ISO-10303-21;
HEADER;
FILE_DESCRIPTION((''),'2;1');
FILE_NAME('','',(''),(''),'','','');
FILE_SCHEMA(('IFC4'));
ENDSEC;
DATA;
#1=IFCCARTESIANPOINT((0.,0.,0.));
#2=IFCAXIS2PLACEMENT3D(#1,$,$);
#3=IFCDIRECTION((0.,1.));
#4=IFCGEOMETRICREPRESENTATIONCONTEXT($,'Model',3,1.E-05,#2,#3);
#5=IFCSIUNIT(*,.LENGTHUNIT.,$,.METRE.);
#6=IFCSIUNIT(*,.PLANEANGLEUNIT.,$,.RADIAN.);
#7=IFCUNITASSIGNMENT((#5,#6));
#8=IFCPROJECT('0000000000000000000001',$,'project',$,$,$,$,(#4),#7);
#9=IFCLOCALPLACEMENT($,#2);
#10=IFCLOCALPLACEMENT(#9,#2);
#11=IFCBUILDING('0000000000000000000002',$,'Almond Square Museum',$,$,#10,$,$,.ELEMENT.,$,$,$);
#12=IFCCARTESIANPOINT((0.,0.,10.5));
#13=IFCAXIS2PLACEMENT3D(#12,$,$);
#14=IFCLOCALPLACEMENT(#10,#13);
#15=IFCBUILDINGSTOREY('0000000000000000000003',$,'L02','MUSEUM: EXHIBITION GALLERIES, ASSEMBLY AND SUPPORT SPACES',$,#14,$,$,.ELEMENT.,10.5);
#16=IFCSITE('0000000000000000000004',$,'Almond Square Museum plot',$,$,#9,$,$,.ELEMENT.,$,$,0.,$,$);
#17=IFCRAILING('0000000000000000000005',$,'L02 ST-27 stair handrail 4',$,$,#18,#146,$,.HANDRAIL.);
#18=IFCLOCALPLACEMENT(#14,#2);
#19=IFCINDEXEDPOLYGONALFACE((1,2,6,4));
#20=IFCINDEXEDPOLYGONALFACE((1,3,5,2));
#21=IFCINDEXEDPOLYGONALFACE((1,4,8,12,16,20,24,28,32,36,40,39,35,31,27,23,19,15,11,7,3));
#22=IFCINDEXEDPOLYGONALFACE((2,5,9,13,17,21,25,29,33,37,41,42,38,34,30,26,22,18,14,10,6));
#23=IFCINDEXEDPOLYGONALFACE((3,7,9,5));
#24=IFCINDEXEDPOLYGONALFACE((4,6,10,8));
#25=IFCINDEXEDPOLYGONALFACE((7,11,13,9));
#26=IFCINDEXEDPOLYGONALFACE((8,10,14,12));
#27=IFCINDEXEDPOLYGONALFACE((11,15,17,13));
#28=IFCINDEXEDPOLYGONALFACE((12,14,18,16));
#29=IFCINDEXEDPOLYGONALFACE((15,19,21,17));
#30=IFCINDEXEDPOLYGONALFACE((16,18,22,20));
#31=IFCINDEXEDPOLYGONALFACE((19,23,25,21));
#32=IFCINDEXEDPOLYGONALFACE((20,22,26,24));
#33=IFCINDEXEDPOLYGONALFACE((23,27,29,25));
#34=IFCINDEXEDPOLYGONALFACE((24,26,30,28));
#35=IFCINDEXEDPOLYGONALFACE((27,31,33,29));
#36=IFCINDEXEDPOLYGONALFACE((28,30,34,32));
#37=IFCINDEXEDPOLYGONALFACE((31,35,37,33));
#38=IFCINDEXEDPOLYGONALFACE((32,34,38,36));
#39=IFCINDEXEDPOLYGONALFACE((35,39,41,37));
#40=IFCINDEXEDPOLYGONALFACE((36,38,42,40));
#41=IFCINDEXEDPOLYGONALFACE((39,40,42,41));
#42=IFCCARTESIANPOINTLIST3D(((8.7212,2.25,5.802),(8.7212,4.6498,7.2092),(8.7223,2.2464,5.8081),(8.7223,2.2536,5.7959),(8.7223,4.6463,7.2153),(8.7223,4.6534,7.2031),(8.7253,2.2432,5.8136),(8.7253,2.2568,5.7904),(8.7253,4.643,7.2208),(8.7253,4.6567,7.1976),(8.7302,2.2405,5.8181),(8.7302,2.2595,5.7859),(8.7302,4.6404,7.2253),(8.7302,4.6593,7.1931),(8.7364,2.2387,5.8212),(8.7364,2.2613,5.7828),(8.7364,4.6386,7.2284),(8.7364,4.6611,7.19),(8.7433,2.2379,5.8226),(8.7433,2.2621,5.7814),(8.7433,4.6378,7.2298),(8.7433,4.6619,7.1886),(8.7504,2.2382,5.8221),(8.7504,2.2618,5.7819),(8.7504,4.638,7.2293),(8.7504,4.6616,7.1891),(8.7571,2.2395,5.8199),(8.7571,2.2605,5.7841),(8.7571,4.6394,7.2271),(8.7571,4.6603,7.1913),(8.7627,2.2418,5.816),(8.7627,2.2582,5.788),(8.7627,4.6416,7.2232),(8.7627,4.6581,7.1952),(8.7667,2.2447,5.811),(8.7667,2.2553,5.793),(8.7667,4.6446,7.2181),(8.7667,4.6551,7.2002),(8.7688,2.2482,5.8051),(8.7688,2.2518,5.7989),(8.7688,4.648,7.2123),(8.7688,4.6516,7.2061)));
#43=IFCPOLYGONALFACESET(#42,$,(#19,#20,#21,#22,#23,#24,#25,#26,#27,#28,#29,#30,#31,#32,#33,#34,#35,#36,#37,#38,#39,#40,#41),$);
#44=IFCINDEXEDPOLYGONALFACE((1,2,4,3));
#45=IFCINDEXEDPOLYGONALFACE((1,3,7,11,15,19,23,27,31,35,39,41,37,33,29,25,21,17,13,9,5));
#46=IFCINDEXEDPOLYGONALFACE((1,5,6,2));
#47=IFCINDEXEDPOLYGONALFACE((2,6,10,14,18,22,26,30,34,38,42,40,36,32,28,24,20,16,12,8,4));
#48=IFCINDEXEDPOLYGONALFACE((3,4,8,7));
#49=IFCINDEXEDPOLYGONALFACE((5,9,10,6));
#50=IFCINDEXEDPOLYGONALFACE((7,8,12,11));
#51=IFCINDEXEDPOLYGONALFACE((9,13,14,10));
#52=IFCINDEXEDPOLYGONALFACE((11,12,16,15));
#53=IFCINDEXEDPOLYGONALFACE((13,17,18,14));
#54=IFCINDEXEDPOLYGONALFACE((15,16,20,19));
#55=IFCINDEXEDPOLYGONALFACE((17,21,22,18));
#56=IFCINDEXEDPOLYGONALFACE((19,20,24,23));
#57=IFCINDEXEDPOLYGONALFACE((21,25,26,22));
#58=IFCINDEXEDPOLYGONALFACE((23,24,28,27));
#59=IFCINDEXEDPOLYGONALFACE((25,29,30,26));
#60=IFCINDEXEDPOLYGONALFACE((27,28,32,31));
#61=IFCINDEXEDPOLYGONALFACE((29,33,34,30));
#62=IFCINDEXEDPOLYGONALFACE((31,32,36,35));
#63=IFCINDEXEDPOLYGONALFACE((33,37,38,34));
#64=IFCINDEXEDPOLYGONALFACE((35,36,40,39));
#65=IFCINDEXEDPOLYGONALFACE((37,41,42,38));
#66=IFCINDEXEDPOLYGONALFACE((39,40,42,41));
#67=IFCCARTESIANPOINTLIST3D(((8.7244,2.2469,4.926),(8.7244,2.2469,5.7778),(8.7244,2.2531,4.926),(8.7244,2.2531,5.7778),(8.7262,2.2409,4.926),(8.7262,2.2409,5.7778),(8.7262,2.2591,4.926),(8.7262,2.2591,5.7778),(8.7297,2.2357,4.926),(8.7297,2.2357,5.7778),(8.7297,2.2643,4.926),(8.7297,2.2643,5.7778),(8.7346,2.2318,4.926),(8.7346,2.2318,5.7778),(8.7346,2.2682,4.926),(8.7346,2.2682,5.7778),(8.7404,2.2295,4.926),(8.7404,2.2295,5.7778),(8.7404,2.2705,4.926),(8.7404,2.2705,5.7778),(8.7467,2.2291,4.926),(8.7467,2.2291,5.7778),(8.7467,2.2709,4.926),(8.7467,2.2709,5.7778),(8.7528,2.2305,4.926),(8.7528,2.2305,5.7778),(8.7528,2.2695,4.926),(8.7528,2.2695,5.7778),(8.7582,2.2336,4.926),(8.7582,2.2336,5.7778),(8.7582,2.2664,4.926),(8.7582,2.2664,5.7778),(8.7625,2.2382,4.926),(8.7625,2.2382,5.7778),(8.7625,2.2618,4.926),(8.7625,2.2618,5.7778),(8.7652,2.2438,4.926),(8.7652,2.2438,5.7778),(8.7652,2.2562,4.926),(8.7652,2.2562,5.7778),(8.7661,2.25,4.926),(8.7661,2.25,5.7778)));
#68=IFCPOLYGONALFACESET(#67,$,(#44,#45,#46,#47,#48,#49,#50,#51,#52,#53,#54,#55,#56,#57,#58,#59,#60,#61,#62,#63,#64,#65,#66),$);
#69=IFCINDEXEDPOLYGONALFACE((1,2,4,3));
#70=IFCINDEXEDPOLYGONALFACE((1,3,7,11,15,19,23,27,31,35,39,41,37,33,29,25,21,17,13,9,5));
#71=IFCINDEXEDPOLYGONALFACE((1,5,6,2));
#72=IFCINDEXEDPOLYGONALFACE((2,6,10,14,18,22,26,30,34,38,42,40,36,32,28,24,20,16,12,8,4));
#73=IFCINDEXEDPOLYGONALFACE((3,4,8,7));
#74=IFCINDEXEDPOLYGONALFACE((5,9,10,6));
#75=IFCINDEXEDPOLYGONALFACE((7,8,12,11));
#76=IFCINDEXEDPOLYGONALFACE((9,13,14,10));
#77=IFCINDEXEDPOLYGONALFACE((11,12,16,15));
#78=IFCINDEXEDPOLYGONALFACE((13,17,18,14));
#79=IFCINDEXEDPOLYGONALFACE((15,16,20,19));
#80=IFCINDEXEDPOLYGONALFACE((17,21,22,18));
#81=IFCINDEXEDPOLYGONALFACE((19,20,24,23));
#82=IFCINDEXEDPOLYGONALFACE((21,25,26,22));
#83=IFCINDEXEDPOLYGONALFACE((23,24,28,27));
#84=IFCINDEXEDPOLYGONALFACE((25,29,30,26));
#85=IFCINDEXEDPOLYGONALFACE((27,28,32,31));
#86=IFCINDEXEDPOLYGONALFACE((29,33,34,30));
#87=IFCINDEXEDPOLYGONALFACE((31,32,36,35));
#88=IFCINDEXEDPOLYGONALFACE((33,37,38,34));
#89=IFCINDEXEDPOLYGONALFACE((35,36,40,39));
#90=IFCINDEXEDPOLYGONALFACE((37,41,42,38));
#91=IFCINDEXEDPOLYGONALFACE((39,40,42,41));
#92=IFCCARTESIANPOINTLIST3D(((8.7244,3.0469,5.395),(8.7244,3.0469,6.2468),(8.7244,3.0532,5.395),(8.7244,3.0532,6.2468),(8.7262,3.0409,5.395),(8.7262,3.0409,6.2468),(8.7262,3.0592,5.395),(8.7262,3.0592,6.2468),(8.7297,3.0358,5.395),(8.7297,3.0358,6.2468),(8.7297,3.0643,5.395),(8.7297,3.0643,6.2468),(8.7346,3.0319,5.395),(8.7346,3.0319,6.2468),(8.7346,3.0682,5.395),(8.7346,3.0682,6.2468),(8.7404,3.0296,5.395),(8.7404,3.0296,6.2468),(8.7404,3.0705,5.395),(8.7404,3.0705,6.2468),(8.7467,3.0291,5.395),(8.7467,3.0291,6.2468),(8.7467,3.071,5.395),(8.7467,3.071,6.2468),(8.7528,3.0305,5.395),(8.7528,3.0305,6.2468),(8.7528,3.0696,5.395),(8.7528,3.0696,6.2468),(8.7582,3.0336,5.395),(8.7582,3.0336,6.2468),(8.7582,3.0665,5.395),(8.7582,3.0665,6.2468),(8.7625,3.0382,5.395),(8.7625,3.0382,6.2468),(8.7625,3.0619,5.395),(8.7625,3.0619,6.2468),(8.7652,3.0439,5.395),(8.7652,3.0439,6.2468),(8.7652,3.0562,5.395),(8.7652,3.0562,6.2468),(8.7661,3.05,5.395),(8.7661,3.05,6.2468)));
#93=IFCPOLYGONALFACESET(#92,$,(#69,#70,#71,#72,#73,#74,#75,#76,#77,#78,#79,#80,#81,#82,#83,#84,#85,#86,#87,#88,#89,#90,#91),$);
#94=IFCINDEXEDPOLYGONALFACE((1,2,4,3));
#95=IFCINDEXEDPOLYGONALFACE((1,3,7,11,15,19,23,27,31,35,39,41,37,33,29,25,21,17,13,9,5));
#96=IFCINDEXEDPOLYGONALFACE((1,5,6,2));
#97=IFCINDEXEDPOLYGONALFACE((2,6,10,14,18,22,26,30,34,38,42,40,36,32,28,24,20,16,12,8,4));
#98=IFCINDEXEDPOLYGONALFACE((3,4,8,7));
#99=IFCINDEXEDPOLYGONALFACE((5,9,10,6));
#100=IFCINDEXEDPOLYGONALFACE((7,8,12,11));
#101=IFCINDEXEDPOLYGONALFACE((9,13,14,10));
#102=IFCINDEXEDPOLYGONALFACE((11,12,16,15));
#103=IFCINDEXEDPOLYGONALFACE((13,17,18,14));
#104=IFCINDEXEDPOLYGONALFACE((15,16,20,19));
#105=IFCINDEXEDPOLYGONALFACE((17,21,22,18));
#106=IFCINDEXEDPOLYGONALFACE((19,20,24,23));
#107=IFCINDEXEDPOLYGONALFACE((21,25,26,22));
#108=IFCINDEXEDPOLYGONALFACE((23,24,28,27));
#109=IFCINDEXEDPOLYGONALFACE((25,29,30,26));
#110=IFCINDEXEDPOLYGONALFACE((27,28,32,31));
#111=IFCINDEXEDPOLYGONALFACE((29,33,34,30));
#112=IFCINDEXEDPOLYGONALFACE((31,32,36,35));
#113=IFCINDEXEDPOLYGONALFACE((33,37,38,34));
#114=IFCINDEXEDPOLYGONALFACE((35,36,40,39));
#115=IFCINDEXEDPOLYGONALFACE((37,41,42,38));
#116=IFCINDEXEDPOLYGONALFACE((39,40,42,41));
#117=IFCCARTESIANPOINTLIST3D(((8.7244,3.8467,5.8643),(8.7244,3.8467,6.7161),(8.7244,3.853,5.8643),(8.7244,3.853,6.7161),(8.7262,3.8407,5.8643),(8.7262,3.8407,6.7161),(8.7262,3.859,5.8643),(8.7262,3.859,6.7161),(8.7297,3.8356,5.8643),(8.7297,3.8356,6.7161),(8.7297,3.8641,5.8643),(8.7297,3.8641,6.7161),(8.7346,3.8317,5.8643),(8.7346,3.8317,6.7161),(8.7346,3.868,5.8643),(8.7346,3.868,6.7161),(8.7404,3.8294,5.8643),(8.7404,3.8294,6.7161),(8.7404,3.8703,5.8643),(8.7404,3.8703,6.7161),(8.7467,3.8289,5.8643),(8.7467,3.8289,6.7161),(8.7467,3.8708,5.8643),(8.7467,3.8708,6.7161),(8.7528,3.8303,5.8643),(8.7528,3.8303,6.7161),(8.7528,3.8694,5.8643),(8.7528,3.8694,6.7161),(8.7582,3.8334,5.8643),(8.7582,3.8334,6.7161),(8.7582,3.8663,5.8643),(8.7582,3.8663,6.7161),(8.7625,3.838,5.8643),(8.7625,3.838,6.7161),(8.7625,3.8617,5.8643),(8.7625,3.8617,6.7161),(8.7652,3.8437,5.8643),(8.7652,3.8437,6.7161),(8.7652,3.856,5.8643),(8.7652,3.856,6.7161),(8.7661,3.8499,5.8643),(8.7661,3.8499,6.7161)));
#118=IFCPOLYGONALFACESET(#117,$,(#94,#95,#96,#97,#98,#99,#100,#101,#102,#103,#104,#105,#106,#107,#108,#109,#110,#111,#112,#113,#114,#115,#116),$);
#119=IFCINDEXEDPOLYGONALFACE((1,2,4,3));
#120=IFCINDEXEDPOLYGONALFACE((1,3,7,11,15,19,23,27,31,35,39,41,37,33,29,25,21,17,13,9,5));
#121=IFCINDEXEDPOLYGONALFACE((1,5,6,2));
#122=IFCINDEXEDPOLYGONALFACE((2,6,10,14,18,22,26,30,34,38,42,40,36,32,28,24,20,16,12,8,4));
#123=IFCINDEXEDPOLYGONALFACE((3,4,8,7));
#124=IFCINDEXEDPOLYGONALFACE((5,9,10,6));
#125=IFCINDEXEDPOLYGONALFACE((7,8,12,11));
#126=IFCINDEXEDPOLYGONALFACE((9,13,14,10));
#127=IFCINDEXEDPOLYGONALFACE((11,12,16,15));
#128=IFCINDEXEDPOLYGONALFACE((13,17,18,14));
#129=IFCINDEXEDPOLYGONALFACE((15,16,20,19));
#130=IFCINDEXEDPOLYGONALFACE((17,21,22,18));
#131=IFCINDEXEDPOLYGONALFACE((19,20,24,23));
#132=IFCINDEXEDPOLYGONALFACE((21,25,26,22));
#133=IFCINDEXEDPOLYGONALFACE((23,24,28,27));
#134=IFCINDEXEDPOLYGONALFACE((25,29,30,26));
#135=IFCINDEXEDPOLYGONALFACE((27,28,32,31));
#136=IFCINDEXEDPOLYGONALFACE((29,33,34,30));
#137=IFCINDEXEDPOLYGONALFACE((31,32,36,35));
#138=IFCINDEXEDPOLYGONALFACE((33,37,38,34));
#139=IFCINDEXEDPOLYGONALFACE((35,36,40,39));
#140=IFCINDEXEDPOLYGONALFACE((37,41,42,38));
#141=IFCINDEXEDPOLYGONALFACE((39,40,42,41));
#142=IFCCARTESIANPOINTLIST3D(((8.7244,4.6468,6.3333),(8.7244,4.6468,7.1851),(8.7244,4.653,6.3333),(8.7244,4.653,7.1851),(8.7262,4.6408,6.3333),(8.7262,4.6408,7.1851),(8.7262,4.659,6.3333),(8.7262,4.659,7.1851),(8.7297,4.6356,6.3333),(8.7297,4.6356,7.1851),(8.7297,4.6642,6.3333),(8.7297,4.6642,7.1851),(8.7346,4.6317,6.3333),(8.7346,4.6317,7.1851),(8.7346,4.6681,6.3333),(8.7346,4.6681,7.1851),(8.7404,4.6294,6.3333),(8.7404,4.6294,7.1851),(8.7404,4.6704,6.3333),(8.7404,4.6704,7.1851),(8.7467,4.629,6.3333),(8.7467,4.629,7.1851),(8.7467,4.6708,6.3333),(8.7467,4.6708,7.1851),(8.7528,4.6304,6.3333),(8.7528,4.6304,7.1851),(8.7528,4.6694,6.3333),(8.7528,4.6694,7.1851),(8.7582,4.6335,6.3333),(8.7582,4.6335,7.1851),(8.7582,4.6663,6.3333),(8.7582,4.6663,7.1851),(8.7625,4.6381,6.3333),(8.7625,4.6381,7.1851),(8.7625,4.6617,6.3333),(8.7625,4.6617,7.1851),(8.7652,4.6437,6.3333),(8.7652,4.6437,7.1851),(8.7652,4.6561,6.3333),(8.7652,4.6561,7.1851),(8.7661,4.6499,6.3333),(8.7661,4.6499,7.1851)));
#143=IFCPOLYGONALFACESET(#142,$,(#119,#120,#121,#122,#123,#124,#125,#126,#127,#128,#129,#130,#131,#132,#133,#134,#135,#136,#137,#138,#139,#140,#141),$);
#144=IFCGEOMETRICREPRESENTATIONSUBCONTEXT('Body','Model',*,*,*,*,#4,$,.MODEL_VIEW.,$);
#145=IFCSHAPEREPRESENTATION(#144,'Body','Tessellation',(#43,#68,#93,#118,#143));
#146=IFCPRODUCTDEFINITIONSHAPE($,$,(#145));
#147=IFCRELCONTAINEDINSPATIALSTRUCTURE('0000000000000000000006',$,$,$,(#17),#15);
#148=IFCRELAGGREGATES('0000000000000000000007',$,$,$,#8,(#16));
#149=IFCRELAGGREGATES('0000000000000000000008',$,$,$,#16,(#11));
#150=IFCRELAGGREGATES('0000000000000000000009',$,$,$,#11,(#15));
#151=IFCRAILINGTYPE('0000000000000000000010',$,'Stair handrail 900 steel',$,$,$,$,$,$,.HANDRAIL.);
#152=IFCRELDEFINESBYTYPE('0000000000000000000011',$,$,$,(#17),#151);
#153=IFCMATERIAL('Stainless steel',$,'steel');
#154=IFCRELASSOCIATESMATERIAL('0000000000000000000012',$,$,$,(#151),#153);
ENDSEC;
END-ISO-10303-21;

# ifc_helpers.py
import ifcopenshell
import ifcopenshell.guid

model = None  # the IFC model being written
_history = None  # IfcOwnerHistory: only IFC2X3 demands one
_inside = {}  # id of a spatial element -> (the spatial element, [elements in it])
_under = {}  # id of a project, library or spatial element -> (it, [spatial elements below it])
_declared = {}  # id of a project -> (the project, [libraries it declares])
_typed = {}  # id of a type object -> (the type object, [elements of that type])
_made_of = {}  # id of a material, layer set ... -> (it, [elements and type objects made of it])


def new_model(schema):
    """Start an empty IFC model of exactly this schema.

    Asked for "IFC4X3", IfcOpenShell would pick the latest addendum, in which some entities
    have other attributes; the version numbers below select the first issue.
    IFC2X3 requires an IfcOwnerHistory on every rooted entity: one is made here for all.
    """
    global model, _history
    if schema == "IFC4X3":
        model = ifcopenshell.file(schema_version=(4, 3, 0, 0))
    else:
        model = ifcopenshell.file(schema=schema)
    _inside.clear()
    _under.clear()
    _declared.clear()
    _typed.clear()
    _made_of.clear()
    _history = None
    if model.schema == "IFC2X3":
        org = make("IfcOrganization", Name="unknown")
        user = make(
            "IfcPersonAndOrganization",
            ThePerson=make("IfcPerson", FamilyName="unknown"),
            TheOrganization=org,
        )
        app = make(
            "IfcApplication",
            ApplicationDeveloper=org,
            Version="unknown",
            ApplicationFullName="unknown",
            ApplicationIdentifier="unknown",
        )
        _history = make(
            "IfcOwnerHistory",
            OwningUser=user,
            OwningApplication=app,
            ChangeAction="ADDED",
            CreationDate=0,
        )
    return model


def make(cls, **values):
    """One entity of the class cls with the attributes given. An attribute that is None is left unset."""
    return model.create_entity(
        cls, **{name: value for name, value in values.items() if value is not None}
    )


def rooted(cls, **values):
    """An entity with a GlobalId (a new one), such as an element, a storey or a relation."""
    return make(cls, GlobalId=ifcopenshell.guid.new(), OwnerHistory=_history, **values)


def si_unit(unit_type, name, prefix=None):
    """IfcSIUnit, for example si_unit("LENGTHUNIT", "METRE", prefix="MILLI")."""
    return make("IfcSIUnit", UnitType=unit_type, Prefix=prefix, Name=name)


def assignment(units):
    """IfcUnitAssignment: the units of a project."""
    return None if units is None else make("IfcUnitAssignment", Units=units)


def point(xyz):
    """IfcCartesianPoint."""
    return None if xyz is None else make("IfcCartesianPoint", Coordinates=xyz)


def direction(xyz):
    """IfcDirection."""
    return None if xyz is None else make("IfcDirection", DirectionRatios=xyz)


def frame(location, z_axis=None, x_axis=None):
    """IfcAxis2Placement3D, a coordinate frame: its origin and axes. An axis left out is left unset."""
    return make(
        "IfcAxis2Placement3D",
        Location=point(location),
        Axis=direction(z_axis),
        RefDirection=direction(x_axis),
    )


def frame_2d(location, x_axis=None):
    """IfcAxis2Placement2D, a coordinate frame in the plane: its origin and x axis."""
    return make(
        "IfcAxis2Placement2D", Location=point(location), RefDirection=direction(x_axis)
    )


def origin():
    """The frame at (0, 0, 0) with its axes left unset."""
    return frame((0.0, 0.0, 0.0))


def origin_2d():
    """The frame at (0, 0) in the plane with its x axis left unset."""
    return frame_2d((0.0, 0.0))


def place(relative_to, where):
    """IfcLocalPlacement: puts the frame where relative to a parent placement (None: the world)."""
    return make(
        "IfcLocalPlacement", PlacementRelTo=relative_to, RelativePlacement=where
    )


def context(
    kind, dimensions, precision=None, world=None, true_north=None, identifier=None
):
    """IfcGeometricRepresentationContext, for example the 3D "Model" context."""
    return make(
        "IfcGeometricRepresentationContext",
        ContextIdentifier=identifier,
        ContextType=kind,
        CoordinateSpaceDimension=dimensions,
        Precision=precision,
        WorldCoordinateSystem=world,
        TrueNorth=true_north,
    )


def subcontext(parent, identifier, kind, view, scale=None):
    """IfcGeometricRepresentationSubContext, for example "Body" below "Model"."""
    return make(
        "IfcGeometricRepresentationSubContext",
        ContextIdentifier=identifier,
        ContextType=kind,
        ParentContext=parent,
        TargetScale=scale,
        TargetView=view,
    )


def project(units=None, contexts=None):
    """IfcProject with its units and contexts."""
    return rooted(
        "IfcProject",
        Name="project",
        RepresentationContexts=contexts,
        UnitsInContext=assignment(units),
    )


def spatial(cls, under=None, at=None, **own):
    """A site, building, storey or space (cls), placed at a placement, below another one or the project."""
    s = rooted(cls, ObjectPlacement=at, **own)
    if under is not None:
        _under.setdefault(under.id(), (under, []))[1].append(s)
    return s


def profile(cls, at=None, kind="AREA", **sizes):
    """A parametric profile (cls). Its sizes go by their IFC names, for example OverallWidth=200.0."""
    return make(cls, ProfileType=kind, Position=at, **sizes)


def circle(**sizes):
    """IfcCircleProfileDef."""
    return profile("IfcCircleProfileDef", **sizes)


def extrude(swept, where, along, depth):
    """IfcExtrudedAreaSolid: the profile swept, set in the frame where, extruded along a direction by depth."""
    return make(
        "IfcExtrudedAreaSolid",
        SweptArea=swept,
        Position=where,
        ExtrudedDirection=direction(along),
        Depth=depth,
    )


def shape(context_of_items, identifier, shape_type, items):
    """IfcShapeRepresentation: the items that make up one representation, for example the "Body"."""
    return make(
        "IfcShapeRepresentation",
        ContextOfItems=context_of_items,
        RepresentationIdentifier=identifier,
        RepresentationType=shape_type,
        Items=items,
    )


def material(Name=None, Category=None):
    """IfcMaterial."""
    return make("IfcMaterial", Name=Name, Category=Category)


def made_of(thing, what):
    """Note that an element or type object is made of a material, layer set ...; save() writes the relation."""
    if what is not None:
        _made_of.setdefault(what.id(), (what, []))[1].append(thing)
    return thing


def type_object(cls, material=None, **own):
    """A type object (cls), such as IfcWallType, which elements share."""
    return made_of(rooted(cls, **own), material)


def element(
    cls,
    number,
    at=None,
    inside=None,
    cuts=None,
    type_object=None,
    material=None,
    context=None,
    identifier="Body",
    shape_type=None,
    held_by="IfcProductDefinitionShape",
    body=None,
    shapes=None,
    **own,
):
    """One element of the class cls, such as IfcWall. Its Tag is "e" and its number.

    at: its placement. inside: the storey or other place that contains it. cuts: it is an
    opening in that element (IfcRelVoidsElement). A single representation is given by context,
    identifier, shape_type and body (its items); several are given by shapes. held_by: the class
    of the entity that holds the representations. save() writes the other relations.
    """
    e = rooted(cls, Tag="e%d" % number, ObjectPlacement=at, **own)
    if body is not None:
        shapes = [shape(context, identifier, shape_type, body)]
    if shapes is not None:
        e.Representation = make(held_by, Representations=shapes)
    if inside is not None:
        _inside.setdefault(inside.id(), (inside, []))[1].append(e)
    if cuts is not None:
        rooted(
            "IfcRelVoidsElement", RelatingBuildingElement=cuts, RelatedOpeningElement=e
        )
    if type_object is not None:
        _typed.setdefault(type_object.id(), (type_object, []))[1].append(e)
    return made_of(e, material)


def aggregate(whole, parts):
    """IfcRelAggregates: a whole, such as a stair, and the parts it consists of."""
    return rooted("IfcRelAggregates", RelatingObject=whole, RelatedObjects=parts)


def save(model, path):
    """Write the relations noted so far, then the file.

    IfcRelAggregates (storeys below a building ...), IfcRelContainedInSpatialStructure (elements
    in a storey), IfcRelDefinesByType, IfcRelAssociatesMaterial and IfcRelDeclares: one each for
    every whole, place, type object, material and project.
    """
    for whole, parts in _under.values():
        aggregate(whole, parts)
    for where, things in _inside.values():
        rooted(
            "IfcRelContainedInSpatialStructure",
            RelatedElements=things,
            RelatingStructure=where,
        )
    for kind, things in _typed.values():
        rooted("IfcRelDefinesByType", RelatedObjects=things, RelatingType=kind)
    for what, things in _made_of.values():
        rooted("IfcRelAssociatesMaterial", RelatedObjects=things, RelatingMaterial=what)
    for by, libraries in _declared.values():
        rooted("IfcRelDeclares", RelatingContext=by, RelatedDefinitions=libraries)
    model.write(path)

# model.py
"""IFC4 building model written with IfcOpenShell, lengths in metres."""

from ifc_helpers import new_model, si_unit, direction, frame, origin, origin_2d, place, context, subcontext, project, spatial, circle, extrude, material, type_object, element, save


model = new_model("IFC4")

# Units and contexts
model_context = context("Model", 3, precision=1e-05, world=origin(), true_north=direction((0.0, 1.0)))
body_context = subcontext(model_context, "Body", "Model", "MODEL_VIEW")
ifc_project = project(units=[si_unit("LENGTHUNIT", "METRE"), si_unit("PLANEANGLEUNIT", "RADIAN")], contexts=[model_context])

# Site, building, storey
site_placement = place(None, origin())
site = spatial("IfcSite", under=ifc_project, at=site_placement, Name="Almond Square Museum plot", CompositionType="ELEMENT", RefElevation=0.0)
building_placement = place(site_placement, origin())
building = spatial("IfcBuilding", under=site, at=building_placement, Name="Almond Square Museum", CompositionType="ELEMENT")
storey_placement = place(building_placement, frame((0.0, 0.0, 10.5)))
storey = spatial("IfcBuildingStorey", under=building, at=storey_placement, Name="L02", Description="MUSEUM: EXHIBITION GALLERIES, ASSEMBLY AND SUPPORT SPACES", CompositionType="ELEMENT", Elevation=10.5)

# Railing
ifc_material_1 = material(Name="Stainless steel", Category="steel")
railing_type_1 = type_object("IfcRailingType", Name="Stair handrail 900 steel", PredefinedType="HANDRAIL", material=ifc_material_1)
railing_1_placement = place(storey_placement, frame((8.7451, 2.25, 4.926)))
element("IfcRailing", 1, at=railing_1_placement, inside=storey, type_object=railing_type_1, Name="L02 ST-27 stair handrail 4", PredefinedType="HANDRAIL", context=body_context, shape_type="SweptSolid", body=[
    extrude(circle(Radius=0.0239, at=origin_2d()), frame((0.0, 0.0, 0.876), z_axis=(0.0, 0.862637, 0.505823), x_axis=(-1.0, 0.0, 0.0)), (0.0, 0.0, 1.0), 2.782),
    extrude(circle(Radius=0.021, at=origin_2d()), origin(), (0.0, 0.0, 1.0), 0.8518),
    extrude(circle(Radius=0.021, at=origin_2d()), frame((0.0, 0.8, 0.469)), (0.0, 0.0, 1.0), 0.8518),
    extrude(circle(Radius=0.021, at=origin_2d()), frame((0.0, 1.5999, 0.9382)), (0.0, 0.0, 1.0), 0.8518),
    extrude(circle(Radius=0.021, at=origin_2d()), frame((0.0, 2.3999, 1.4072)), (0.0, 0.0, 1.0), 0.8518),
])

save(model, "model.ifc")
